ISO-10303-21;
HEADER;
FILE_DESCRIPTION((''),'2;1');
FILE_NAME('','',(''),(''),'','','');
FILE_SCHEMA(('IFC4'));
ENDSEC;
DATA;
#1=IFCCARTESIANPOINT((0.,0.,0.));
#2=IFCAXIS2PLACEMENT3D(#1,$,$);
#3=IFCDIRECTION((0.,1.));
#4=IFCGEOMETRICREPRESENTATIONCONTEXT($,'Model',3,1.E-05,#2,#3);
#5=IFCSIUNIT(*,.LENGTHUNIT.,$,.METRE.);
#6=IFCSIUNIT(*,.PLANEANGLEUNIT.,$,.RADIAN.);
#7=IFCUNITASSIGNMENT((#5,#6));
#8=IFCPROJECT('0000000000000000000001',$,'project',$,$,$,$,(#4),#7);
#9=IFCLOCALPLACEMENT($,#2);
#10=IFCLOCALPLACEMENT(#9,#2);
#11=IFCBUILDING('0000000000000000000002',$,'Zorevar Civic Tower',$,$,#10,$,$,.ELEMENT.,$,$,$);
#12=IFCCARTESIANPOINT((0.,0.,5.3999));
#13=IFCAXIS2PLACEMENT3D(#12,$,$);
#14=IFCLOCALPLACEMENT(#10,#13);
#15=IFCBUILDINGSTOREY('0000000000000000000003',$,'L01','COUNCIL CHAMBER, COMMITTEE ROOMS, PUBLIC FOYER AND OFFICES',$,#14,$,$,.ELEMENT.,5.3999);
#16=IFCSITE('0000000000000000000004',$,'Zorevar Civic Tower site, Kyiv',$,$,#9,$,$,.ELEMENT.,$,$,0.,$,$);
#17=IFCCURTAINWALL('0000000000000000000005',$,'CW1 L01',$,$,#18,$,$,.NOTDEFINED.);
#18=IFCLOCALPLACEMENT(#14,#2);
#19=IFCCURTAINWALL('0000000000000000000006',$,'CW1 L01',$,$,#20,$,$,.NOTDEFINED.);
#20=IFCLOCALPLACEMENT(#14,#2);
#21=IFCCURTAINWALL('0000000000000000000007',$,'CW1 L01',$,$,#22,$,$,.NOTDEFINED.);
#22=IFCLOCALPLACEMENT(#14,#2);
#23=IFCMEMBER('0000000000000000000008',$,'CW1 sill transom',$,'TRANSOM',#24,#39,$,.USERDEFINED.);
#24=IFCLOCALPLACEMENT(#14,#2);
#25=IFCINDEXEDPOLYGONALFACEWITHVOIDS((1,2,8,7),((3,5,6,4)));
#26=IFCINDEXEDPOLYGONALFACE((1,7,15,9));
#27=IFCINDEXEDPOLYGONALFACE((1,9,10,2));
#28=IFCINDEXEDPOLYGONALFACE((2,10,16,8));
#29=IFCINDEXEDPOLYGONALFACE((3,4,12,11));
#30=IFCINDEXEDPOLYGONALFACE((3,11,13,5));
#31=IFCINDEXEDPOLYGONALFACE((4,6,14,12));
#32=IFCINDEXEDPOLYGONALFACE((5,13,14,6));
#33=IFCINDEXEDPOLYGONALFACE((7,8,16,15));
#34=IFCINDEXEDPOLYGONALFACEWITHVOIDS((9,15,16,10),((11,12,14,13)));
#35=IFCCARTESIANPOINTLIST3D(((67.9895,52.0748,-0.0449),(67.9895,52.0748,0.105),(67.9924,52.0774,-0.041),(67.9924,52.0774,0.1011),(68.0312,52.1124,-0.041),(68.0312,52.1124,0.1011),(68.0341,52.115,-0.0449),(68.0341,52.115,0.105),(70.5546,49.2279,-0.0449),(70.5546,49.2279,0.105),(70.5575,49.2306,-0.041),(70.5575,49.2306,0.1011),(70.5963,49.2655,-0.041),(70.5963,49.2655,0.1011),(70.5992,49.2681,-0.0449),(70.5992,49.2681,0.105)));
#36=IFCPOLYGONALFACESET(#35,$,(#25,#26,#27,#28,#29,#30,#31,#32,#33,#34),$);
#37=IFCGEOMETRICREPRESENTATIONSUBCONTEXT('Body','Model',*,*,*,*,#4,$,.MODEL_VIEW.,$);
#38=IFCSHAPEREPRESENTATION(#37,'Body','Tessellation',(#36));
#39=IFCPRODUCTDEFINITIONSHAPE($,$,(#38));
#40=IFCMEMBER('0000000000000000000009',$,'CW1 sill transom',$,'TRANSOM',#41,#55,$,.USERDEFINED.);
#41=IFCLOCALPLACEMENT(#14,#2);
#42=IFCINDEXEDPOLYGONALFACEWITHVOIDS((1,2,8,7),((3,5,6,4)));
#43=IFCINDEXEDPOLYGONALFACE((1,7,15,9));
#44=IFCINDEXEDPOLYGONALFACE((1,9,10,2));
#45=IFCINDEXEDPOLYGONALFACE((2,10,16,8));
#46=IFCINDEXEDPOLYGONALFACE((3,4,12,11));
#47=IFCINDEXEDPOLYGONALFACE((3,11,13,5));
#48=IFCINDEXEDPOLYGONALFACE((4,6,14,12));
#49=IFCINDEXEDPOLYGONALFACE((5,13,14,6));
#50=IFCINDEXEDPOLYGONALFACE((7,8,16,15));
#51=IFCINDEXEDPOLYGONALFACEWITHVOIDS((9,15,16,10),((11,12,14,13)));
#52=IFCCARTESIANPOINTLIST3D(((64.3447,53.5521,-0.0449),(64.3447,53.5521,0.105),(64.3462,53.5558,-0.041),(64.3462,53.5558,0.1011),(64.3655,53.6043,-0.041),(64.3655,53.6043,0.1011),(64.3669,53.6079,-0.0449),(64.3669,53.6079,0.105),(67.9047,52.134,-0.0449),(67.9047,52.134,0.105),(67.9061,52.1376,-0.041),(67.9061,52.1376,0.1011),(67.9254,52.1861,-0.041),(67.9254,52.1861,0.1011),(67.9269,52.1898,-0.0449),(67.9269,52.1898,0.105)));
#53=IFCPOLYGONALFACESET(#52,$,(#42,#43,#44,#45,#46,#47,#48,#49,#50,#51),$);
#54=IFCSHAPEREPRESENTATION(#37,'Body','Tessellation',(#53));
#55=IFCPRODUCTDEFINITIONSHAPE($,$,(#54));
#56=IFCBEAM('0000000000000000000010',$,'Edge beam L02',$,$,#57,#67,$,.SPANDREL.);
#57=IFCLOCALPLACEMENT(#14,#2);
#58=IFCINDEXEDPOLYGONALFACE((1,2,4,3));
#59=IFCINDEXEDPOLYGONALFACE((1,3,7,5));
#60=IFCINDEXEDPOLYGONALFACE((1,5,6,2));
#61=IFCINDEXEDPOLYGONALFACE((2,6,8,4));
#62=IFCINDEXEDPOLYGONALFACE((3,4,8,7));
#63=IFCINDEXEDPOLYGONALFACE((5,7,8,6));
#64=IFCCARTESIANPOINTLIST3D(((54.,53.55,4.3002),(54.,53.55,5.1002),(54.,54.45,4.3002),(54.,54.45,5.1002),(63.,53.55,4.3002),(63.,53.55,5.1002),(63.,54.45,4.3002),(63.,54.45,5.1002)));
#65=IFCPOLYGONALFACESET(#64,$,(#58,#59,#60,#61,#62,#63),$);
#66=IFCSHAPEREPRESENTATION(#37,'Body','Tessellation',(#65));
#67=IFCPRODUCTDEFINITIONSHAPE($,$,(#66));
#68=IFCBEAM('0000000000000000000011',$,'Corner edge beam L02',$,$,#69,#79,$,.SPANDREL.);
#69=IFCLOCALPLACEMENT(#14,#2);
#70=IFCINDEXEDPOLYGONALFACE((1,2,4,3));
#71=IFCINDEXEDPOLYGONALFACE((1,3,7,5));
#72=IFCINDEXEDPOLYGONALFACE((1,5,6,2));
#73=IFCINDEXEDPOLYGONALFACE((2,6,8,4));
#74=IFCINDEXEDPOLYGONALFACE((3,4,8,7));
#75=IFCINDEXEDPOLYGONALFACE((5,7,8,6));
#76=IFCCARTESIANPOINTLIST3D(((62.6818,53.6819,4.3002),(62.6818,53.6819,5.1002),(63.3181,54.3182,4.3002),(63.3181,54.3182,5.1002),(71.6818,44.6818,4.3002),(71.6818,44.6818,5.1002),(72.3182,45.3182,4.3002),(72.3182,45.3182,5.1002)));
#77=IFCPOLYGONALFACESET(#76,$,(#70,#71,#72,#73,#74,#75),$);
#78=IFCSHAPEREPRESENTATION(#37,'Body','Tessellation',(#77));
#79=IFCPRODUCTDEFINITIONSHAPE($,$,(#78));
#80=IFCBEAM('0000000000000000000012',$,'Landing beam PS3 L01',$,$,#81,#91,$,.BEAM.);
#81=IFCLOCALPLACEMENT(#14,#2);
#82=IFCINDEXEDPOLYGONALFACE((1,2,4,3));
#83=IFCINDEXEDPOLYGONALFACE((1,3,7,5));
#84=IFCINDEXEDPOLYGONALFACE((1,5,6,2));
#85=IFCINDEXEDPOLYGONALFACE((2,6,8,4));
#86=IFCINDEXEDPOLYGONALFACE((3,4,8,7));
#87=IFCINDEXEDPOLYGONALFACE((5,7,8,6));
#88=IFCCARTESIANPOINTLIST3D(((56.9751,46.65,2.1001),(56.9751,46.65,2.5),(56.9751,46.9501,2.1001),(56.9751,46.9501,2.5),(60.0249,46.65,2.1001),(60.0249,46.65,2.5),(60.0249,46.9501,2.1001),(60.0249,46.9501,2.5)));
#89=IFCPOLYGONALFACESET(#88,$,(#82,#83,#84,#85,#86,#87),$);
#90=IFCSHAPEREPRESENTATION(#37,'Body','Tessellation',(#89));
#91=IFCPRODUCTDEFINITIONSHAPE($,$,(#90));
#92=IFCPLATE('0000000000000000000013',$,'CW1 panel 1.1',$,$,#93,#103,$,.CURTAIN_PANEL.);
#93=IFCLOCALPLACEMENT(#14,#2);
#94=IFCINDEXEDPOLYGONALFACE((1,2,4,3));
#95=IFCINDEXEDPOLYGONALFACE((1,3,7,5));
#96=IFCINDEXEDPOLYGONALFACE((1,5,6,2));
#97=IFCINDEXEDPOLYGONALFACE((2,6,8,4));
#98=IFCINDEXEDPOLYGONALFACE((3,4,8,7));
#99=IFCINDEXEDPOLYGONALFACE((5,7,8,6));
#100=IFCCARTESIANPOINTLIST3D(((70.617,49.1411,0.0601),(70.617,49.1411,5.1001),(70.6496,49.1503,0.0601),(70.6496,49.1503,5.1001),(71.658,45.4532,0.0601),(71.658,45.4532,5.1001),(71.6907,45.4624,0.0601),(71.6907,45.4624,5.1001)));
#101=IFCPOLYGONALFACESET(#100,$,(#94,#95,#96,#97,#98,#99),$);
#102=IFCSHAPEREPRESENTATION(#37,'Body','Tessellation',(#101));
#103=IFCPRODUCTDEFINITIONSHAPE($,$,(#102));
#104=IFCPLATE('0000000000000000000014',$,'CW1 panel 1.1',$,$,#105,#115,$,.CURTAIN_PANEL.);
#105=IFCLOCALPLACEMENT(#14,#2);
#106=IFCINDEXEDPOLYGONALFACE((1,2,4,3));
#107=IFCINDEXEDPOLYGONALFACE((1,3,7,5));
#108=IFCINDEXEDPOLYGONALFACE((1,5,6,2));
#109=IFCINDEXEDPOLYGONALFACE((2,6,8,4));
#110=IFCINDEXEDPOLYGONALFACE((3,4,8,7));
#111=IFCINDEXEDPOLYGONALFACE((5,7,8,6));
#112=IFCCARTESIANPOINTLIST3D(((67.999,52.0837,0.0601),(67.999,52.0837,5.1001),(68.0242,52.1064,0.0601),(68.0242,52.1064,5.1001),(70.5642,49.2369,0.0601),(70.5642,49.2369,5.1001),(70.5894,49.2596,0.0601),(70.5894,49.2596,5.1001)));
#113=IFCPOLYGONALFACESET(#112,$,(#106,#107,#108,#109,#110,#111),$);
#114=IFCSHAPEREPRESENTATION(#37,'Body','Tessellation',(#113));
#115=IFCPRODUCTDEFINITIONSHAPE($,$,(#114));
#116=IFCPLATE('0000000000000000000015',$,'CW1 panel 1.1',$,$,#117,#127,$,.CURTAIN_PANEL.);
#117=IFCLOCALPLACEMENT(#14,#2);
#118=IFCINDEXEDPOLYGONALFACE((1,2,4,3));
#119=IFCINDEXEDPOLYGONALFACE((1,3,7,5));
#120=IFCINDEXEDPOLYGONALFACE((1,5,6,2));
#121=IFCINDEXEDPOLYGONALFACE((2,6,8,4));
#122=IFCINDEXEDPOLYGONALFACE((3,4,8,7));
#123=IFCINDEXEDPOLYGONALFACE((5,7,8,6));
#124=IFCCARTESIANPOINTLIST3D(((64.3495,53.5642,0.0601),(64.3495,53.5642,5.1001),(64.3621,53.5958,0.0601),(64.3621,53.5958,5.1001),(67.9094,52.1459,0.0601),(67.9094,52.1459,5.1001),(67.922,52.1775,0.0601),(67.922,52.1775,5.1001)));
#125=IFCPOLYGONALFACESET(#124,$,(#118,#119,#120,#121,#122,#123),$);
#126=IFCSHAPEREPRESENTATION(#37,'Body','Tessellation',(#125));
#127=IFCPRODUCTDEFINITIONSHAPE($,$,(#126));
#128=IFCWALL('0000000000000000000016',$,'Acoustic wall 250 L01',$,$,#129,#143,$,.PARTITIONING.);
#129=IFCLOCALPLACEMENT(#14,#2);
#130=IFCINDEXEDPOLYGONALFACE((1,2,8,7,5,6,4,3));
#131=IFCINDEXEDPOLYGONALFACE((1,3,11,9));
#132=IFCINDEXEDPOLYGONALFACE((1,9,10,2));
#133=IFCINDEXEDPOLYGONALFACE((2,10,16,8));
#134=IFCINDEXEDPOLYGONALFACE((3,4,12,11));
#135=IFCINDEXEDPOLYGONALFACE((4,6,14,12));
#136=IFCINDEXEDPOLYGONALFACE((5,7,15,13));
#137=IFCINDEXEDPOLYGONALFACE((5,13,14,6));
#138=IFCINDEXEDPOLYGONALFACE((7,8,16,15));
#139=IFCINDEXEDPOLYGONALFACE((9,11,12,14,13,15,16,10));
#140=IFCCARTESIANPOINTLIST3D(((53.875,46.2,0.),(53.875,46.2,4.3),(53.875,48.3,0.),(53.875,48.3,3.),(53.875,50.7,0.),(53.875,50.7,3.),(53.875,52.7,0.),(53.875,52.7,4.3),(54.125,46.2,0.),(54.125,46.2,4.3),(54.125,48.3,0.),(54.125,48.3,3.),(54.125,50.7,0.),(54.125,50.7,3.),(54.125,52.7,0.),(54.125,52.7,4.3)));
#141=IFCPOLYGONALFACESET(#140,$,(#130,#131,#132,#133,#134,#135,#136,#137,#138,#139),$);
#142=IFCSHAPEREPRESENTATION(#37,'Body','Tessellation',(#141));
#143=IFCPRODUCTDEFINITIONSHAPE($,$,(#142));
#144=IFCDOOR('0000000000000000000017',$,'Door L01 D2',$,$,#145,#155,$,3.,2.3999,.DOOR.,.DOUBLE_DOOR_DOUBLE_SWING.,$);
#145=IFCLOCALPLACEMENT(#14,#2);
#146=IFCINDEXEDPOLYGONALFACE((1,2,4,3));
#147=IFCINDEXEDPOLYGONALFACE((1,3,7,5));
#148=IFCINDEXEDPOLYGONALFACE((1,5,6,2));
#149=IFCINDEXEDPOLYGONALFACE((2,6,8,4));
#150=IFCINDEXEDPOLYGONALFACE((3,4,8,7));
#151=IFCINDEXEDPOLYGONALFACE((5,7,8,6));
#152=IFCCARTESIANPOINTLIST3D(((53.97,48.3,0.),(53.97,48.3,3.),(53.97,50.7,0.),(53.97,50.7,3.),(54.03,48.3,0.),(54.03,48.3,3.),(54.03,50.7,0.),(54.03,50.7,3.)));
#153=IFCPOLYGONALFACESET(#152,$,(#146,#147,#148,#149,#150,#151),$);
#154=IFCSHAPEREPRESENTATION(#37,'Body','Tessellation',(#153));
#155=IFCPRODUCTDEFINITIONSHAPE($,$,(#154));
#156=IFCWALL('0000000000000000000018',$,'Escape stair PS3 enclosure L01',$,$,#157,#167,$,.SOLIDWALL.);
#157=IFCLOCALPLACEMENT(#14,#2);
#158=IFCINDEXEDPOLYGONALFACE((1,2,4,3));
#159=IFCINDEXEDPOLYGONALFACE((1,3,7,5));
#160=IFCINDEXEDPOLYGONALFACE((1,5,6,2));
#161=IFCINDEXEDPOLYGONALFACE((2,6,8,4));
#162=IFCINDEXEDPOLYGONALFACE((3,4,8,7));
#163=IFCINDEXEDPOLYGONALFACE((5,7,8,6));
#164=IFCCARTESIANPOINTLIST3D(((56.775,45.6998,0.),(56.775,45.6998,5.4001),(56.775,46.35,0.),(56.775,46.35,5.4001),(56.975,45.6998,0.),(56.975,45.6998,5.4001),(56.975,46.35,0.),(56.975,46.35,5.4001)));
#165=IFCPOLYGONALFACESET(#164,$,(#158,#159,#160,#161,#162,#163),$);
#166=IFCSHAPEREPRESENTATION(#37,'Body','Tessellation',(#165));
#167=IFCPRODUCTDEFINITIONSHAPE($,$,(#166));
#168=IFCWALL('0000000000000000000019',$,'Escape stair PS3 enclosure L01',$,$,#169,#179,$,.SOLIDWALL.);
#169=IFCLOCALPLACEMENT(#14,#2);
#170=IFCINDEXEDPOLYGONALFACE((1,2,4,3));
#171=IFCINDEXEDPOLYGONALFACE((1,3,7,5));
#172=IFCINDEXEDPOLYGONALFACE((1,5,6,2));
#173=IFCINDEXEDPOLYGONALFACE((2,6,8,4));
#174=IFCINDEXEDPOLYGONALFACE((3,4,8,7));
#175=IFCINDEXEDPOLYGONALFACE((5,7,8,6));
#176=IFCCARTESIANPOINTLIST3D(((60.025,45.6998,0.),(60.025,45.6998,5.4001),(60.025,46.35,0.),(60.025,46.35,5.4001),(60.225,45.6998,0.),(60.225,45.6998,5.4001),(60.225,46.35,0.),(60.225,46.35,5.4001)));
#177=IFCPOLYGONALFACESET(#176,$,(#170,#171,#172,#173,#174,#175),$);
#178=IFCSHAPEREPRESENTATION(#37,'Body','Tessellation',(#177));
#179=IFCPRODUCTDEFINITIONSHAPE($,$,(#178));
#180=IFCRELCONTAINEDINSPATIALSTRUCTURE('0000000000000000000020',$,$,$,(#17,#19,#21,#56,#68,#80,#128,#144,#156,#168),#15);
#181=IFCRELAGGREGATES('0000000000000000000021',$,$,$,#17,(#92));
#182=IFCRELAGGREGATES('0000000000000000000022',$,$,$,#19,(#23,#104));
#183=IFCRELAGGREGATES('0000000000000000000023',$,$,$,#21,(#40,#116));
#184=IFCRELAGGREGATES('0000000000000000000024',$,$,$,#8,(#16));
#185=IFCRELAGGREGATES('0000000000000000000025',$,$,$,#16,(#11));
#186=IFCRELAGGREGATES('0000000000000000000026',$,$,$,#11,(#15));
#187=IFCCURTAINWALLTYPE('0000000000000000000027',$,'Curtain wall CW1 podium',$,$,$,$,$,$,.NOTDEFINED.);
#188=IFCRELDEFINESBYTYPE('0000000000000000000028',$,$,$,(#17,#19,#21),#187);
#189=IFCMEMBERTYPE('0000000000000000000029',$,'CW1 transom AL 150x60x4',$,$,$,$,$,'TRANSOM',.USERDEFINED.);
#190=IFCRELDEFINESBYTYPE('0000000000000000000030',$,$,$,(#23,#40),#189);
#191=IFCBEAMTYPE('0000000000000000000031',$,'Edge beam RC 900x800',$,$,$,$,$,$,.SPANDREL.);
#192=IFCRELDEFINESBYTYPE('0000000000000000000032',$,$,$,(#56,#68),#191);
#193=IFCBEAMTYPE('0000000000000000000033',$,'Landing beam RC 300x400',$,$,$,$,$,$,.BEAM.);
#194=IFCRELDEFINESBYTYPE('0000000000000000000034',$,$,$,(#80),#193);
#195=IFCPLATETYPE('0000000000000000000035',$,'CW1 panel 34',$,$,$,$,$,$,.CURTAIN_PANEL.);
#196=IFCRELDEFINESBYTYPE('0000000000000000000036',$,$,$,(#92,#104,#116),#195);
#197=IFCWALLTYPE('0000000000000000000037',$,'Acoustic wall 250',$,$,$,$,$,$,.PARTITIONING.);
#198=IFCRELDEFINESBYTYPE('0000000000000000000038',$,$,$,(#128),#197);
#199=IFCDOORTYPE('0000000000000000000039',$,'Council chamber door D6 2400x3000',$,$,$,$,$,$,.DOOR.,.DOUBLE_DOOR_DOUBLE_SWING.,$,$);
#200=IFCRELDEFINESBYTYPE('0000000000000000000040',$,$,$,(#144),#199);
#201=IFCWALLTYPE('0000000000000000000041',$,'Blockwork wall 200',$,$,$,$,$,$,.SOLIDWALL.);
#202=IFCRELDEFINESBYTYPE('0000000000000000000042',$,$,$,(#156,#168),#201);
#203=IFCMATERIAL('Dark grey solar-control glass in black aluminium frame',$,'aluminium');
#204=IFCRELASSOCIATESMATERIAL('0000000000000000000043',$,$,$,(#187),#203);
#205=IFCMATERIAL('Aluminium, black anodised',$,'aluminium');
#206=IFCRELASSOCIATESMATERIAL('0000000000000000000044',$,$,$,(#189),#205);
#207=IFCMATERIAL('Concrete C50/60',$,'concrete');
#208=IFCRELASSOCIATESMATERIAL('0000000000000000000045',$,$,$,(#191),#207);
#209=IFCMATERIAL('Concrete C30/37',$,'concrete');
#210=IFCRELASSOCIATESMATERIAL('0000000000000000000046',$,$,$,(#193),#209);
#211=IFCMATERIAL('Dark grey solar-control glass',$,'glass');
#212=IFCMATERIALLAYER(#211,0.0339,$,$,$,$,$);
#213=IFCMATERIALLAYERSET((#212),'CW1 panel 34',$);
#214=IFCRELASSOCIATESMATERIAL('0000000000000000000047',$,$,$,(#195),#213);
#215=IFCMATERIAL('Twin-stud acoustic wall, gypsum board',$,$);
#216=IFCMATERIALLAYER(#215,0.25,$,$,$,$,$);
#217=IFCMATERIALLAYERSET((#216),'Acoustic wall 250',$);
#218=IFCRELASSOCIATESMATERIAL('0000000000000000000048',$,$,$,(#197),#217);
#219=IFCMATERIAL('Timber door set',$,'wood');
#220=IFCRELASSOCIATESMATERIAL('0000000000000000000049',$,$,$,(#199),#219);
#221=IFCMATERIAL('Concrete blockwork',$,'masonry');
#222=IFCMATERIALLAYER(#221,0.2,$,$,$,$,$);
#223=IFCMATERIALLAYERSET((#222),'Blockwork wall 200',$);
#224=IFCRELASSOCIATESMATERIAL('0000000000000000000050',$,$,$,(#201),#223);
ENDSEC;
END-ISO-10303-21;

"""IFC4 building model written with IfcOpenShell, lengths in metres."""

from ifc_helpers import new_model, si_unit, direction, frame, frame_2d, origin, origin_2d, place, context, subcontext, project, spatial, rectangle, hollow_rectangle, extrude, material, layer, layer_set, material_profile, profile_set, type_object, element, fill, aggregate, save


model = new_model("IFC4")

# Units and contexts
model_context = context("Model", 3, precision=1e-05, world=origin(), true_north=direction((0.0, 1.0)))
body_context = subcontext(model_context, "Body", "Model", "MODEL_VIEW")
ifc_project = project(units=[si_unit("LENGTHUNIT", "METRE"), si_unit("PLANEANGLEUNIT", "RADIAN")], contexts=[model_context])

# Site, building, storey
site_placement = place(None, origin())
site = spatial("IfcSite", under=ifc_project, at=site_placement, Name="Zorevar Civic Tower site, Kyiv", CompositionType="ELEMENT", RefElevation=0.0)
building_placement = place(site_placement, origin())
building = spatial("IfcBuilding", under=site, at=building_placement, Name="Zorevar Civic Tower", CompositionType="ELEMENT")
storey_placement = place(building_placement, frame((0.0, 0.0, 5.3999)))
storey = spatial("IfcBuildingStorey", under=building, at=storey_placement, Name="L01", Description="COUNCIL CHAMBER, COMMITTEE ROOMS, PUBLIC FOYER AND OFFICES", CompositionType="ELEMENT", Elevation=5.3999)

# Curtain walls
ifc_material_1 = material(Name="Dark grey solar-control glass in black aluminium frame", Category="aluminium")
curtain_wall_type = type_object("IfcCurtainWallType", Name="Curtain wall CW1 podium", PredefinedType="NOTDEFINED", material=ifc_material_1)
curtain_wall_1_placement = place(storey_placement, origin())
curtain_wall_1 = element("IfcCurtainWall", 1, at=curtain_wall_1_placement, inside=storey, type_object=curtain_wall_type, Name="CW1 L01", PredefinedType="NOTDEFINED")
curtain_wall_2_placement = place(storey_placement, origin())
curtain_wall_2 = element("IfcCurtainWall", 2, at=curtain_wall_2_placement, inside=storey, type_object=curtain_wall_type, Name="CW1 L01", PredefinedType="NOTDEFINED")
curtain_wall_3_placement = place(storey_placement, origin())
curtain_wall_3 = element("IfcCurtainWall", 3, at=curtain_wall_3_placement, inside=storey, type_object=curtain_wall_type, Name="CW1 L01", PredefinedType="NOTDEFINED")

# Members
ifc_material_2 = material(Name="Aluminium, black anodised", Category="aluminium")
ifc_material_profile_1 = material_profile(ifc_material_2, hollow_rectangle(XDim=0.0601, YDim=0.1499, WallThickness=0.0039, at=origin_2d()), Name="AL 150x60x4")
ifc_profile_set_1 = profile_set([ifc_material_profile_1], Name="Aluminium, black anodised")
member_type_1 = type_object("IfcMemberType", Name="CW1 transom AL 150x60x4", ElementType="TRANSOM", PredefinedType="USERDEFINED", material=ifc_profile_set_1)
member_1_placement = place(storey_placement, frame((70.5769, 49.248, 0.03), z_axis=(-0.669391, 0.742911, 0.0), x_axis=(-0.742911, -0.669391, 0.0)))
member_1 = element("IfcMember", 4, at=member_1_placement, type_object=member_type_1, Name="CW1 sill transom", ObjectType="TRANSOM", PredefinedType="USERDEFINED", context=body_context, shape_type="SweptSolid", body=[
    extrude(hollow_rectangle(XDim=0.0601, YDim=0.1499, WallThickness=0.0039, at=origin_2d()), origin(), (0.0, 0.0, 1.0), 3.832),
])
member_2_placement = place(storey_placement, frame((67.9158, 52.1619, 0.03), z_axis=(-0.928999, 0.370083, 0.0), x_axis=(-0.370083, -0.928999, 0.0)))
member_2 = element("IfcMember", 5, at=member_2_placement, type_object=member_type_1, Name="CW1 sill transom", ObjectType="TRANSOM", PredefinedType="USERDEFINED", context=body_context, shape_type="SweptSolid", body=[
    extrude(hollow_rectangle(XDim=0.0601, YDim=0.1499, WallThickness=0.0039, at=origin_2d()), origin(), (0.0, 0.0, 1.0), 3.832),
])

# Beams
ifc_material_3 = material(Name="Concrete C50/60", Category="concrete")
ifc_material_profile_2 = material_profile(ifc_material_3, rectangle(XDim=0.8999, YDim=0.8, at=origin_2d()), Name="RC 900x800")
ifc_profile_set_2 = profile_set([ifc_material_profile_2], Name="Concrete C50/60")
beam_type_1 = type_object("IfcBeamType", Name="Edge beam RC 900x800", PredefinedType="SPANDREL", material=ifc_profile_set_2)
beam_1_placement = place(storey_placement, frame((54.0, 54.0, 4.7002), z_axis=(1.0, 0.0, 0.0), x_axis=(0.0, 1.0, 0.0)))
element("IfcBeam", 6, at=beam_1_placement, inside=storey, type_object=beam_type_1, Name="Edge beam L02", PredefinedType="SPANDREL", context=body_context, shape_type="SweptSolid", body=[
    extrude(rectangle(XDim=0.8999, YDim=0.8, at=origin_2d()), origin(), (0.0, 0.0, 1.0), 9.0),
])
beam_2_placement = place(storey_placement, frame((72.0, 45.0, 4.7002), z_axis=(-0.707107, 0.707107, 0.0), x_axis=(-0.707107, -0.707107, 0.0)))
element("IfcBeam", 7, at=beam_2_placement, inside=storey, type_object=beam_type_1, Name="Corner edge beam L02", PredefinedType="SPANDREL", context=body_context, shape_type="SweptSolid", body=[
    extrude(rectangle(XDim=0.8999, YDim=0.8, at=origin_2d()), origin(), (0.0, 0.0, 1.0), 12.728),
])
ifc_material_4 = material(Name="Concrete C30/37", Category="concrete")
ifc_material_profile_3 = material_profile(ifc_material_4, rectangle(XDim=0.3, YDim=0.3999, at=origin_2d()), Name="RC 300x400")
ifc_profile_set_3 = profile_set([ifc_material_profile_3], Name="Concrete C30/37")
beam_type_2 = type_object("IfcBeamType", Name="Landing beam RC 300x400", PredefinedType="BEAM", material=ifc_profile_set_3)
beam_3_placement = place(storey_placement, frame((56.9751, 46.8, 2.3), z_axis=(1.0, 0.0, 0.0), x_axis=(0.0, 1.0, 0.0)))
element("IfcBeam", 8, at=beam_3_placement, inside=storey, type_object=beam_type_2, Name="Landing beam PS3 L01", PredefinedType="BEAM", context=body_context, shape_type="SweptSolid", body=[
    extrude(rectangle(XDim=0.3, YDim=0.3999, at=origin_2d()), origin(), (0.0, 0.0, 1.0), 3.0498),
])

# Plates
ifc_material_5 = material(Name="Dark grey solar-control glass", Category="glass")
ifc_layer_1 = layer(ifc_material_5, 0.0339)
ifc_layer_set_1 = layer_set([ifc_layer_1], Name="CW1 panel 34")
plate_type = type_object("IfcPlateType", Name="CW1 panel 34", PredefinedType="CURTAIN_PANEL", material=ifc_layer_set_1)
plate_1_placement = place(storey_placement, frame((71.1538, 47.3018, 0.0601), z_axis=(0.0, 0.0, 1.0), x_axis=(-0.271669, 0.962391, 0.0)))
plate_1 = element("IfcPlate", 9, at=plate_1_placement, type_object=plate_type, Name="CW1 panel 1.1", PredefinedType="CURTAIN_PANEL", context=body_context, shape_type="SweptSolid", body=[
    extrude(rectangle(XDim=3.832, YDim=0.0339, at=origin_2d()), origin(), (0.0, 0.0, 1.0), 5.04),
])
aggregate(curtain_wall_1, [plate_1])
plate_2_placement = place(storey_placement, frame((69.2942, 50.6716, 0.0601), z_axis=(0.0, 0.0, 1.0), x_axis=(-0.669403, 0.7429, 0.0)))
plate_2 = element("IfcPlate", 10, at=plate_2_placement, type_object=plate_type, Name="CW1 panel 1.1", PredefinedType="CURTAIN_PANEL", context=body_context, shape_type="SweptSolid", body=[
    extrude(rectangle(XDim=3.832, YDim=0.0339, at=origin_2d()), origin(), (0.0, 0.0, 1.0), 5.04),
])
aggregate(curtain_wall_2, [member_1, plate_2])
plate_3_placement = place(storey_placement, frame((66.1357, 52.8708, 0.0601), z_axis=(0.0, 0.0, 1.0), x_axis=(-0.928988, 0.370111, 0.0)))
plate_3 = element("IfcPlate", 11, at=plate_3_placement, type_object=plate_type, Name="CW1 panel 1.1", PredefinedType="CURTAIN_PANEL", context=body_context, shape_type="SweptSolid", body=[
    extrude(rectangle(XDim=3.832, YDim=0.0339, at=origin_2d()), origin(), (0.0, 0.0, 1.0), 5.04),
])
aggregate(curtain_wall_3, [member_2, plate_3])

# Wall, opening, door
ifc_material_6 = material(Name="Twin-stud acoustic wall, gypsum board")
ifc_layer_2 = layer(ifc_material_6, 0.25)
ifc_layer_set_2 = layer_set([ifc_layer_2], Name="Acoustic wall 250")
wall_type_1 = type_object("IfcWallType", Name="Acoustic wall 250", PredefinedType="PARTITIONING", material=ifc_layer_set_2)
wall_1_placement = place(storey_placement, frame((54.0, 46.2, 0.0), z_axis=(0.0, 0.0, 1.0), x_axis=(0.0, 1.0, 0.0)))
wall_1 = element("IfcWall", 12, at=wall_1_placement, inside=storey, type_object=wall_type_1, Name="Acoustic wall 250 L01", PredefinedType="PARTITIONING", context=body_context, shape_type="SweptSolid", body=[
    extrude(rectangle(XDim=6.5, YDim=0.25, at=frame_2d((3.25, 0.0))), origin(), (0.0, 0.0, 1.0), 4.3),
])
opening_1_placement = place(wall_1_placement, frame((2.1001, 0.0, 0.0)))
opening_1 = element("IfcOpeningElement", 13, at=opening_1_placement, cuts=wall_1, PredefinedType="OPENING", context=body_context, shape_type="SweptSolid", body=[
    extrude(rectangle(XDim=2.3999, YDim=3.0, at=frame_2d((1.2, 1.5))), frame((0.0, 0.135, 0.0), z_axis=(0.0, -1.0, 0.0), x_axis=(1.0, 0.0, 0.0)), (0.0, 0.0, 1.0), 0.27),
])
ifc_material_7 = material(Name="Timber door set", Category="wood")
door_type_1 = type_object("IfcDoorType", Name="Council chamber door D6 2400x3000", OperationType="DOUBLE_DOOR_DOUBLE_SWING", PredefinedType="DOOR", material=ifc_material_7)
door_1_placement = place(opening_1_placement, origin())
door_1 = element("IfcDoor", 14, at=door_1_placement, inside=storey, type_object=door_type_1, Name="Door L01 D2", OperationType="DOUBLE_DOOR_DOUBLE_SWING", OverallHeight=3.0, OverallWidth=2.3999, PredefinedType="DOOR", context=body_context, shape_type="SweptSolid", body=[
    extrude(rectangle(XDim=2.3999, YDim=3.0, at=frame_2d((1.2, 1.5))), frame((0.0, 0.03, 0.0), z_axis=(0.0, -1.0, 0.0), x_axis=(1.0, 0.0, 0.0)), (0.0, 0.0, 1.0), 0.0601),
])
fill(opening_1, door_1)

# Walls
ifc_material_8 = material(Name="Concrete blockwork", Category="masonry")
ifc_layer_3 = layer(ifc_material_8, 0.2)
ifc_layer_set_3 = layer_set([ifc_layer_3], Name="Blockwork wall 200")
wall_type_2 = type_object("IfcWallType", Name="Blockwork wall 200", PredefinedType="SOLIDWALL", material=ifc_layer_set_3)
for number, where, z_axis, x_axis, name in (
    (15, (56.875, 46.3501, 0.0), (0.0, 0.0, 1.0), (0.0, -1.0, 0.0), "Escape stair PS3 enclosure L01"),
    (16, (60.125, 46.3501, 0.0), (0.0, 0.0, 1.0), (0.0, -1.0, 0.0), "Escape stair PS3 enclosure L01"),
):
    element("IfcWall", number, at=place(storey_placement, frame(where, z_axis=z_axis, x_axis=x_axis)), inside=storey, type_object=wall_type_2, Name=name, PredefinedType="SOLIDWALL", context=body_context, shape_type="SweptSolid", body=[
        extrude(rectangle(XDim=0.6501, YDim=0.2, at=frame_2d((0.3252, 0.0))), origin(), (0.0, 0.0, 1.0), 5.4001),
    ])

save(model, "model.ifc")
